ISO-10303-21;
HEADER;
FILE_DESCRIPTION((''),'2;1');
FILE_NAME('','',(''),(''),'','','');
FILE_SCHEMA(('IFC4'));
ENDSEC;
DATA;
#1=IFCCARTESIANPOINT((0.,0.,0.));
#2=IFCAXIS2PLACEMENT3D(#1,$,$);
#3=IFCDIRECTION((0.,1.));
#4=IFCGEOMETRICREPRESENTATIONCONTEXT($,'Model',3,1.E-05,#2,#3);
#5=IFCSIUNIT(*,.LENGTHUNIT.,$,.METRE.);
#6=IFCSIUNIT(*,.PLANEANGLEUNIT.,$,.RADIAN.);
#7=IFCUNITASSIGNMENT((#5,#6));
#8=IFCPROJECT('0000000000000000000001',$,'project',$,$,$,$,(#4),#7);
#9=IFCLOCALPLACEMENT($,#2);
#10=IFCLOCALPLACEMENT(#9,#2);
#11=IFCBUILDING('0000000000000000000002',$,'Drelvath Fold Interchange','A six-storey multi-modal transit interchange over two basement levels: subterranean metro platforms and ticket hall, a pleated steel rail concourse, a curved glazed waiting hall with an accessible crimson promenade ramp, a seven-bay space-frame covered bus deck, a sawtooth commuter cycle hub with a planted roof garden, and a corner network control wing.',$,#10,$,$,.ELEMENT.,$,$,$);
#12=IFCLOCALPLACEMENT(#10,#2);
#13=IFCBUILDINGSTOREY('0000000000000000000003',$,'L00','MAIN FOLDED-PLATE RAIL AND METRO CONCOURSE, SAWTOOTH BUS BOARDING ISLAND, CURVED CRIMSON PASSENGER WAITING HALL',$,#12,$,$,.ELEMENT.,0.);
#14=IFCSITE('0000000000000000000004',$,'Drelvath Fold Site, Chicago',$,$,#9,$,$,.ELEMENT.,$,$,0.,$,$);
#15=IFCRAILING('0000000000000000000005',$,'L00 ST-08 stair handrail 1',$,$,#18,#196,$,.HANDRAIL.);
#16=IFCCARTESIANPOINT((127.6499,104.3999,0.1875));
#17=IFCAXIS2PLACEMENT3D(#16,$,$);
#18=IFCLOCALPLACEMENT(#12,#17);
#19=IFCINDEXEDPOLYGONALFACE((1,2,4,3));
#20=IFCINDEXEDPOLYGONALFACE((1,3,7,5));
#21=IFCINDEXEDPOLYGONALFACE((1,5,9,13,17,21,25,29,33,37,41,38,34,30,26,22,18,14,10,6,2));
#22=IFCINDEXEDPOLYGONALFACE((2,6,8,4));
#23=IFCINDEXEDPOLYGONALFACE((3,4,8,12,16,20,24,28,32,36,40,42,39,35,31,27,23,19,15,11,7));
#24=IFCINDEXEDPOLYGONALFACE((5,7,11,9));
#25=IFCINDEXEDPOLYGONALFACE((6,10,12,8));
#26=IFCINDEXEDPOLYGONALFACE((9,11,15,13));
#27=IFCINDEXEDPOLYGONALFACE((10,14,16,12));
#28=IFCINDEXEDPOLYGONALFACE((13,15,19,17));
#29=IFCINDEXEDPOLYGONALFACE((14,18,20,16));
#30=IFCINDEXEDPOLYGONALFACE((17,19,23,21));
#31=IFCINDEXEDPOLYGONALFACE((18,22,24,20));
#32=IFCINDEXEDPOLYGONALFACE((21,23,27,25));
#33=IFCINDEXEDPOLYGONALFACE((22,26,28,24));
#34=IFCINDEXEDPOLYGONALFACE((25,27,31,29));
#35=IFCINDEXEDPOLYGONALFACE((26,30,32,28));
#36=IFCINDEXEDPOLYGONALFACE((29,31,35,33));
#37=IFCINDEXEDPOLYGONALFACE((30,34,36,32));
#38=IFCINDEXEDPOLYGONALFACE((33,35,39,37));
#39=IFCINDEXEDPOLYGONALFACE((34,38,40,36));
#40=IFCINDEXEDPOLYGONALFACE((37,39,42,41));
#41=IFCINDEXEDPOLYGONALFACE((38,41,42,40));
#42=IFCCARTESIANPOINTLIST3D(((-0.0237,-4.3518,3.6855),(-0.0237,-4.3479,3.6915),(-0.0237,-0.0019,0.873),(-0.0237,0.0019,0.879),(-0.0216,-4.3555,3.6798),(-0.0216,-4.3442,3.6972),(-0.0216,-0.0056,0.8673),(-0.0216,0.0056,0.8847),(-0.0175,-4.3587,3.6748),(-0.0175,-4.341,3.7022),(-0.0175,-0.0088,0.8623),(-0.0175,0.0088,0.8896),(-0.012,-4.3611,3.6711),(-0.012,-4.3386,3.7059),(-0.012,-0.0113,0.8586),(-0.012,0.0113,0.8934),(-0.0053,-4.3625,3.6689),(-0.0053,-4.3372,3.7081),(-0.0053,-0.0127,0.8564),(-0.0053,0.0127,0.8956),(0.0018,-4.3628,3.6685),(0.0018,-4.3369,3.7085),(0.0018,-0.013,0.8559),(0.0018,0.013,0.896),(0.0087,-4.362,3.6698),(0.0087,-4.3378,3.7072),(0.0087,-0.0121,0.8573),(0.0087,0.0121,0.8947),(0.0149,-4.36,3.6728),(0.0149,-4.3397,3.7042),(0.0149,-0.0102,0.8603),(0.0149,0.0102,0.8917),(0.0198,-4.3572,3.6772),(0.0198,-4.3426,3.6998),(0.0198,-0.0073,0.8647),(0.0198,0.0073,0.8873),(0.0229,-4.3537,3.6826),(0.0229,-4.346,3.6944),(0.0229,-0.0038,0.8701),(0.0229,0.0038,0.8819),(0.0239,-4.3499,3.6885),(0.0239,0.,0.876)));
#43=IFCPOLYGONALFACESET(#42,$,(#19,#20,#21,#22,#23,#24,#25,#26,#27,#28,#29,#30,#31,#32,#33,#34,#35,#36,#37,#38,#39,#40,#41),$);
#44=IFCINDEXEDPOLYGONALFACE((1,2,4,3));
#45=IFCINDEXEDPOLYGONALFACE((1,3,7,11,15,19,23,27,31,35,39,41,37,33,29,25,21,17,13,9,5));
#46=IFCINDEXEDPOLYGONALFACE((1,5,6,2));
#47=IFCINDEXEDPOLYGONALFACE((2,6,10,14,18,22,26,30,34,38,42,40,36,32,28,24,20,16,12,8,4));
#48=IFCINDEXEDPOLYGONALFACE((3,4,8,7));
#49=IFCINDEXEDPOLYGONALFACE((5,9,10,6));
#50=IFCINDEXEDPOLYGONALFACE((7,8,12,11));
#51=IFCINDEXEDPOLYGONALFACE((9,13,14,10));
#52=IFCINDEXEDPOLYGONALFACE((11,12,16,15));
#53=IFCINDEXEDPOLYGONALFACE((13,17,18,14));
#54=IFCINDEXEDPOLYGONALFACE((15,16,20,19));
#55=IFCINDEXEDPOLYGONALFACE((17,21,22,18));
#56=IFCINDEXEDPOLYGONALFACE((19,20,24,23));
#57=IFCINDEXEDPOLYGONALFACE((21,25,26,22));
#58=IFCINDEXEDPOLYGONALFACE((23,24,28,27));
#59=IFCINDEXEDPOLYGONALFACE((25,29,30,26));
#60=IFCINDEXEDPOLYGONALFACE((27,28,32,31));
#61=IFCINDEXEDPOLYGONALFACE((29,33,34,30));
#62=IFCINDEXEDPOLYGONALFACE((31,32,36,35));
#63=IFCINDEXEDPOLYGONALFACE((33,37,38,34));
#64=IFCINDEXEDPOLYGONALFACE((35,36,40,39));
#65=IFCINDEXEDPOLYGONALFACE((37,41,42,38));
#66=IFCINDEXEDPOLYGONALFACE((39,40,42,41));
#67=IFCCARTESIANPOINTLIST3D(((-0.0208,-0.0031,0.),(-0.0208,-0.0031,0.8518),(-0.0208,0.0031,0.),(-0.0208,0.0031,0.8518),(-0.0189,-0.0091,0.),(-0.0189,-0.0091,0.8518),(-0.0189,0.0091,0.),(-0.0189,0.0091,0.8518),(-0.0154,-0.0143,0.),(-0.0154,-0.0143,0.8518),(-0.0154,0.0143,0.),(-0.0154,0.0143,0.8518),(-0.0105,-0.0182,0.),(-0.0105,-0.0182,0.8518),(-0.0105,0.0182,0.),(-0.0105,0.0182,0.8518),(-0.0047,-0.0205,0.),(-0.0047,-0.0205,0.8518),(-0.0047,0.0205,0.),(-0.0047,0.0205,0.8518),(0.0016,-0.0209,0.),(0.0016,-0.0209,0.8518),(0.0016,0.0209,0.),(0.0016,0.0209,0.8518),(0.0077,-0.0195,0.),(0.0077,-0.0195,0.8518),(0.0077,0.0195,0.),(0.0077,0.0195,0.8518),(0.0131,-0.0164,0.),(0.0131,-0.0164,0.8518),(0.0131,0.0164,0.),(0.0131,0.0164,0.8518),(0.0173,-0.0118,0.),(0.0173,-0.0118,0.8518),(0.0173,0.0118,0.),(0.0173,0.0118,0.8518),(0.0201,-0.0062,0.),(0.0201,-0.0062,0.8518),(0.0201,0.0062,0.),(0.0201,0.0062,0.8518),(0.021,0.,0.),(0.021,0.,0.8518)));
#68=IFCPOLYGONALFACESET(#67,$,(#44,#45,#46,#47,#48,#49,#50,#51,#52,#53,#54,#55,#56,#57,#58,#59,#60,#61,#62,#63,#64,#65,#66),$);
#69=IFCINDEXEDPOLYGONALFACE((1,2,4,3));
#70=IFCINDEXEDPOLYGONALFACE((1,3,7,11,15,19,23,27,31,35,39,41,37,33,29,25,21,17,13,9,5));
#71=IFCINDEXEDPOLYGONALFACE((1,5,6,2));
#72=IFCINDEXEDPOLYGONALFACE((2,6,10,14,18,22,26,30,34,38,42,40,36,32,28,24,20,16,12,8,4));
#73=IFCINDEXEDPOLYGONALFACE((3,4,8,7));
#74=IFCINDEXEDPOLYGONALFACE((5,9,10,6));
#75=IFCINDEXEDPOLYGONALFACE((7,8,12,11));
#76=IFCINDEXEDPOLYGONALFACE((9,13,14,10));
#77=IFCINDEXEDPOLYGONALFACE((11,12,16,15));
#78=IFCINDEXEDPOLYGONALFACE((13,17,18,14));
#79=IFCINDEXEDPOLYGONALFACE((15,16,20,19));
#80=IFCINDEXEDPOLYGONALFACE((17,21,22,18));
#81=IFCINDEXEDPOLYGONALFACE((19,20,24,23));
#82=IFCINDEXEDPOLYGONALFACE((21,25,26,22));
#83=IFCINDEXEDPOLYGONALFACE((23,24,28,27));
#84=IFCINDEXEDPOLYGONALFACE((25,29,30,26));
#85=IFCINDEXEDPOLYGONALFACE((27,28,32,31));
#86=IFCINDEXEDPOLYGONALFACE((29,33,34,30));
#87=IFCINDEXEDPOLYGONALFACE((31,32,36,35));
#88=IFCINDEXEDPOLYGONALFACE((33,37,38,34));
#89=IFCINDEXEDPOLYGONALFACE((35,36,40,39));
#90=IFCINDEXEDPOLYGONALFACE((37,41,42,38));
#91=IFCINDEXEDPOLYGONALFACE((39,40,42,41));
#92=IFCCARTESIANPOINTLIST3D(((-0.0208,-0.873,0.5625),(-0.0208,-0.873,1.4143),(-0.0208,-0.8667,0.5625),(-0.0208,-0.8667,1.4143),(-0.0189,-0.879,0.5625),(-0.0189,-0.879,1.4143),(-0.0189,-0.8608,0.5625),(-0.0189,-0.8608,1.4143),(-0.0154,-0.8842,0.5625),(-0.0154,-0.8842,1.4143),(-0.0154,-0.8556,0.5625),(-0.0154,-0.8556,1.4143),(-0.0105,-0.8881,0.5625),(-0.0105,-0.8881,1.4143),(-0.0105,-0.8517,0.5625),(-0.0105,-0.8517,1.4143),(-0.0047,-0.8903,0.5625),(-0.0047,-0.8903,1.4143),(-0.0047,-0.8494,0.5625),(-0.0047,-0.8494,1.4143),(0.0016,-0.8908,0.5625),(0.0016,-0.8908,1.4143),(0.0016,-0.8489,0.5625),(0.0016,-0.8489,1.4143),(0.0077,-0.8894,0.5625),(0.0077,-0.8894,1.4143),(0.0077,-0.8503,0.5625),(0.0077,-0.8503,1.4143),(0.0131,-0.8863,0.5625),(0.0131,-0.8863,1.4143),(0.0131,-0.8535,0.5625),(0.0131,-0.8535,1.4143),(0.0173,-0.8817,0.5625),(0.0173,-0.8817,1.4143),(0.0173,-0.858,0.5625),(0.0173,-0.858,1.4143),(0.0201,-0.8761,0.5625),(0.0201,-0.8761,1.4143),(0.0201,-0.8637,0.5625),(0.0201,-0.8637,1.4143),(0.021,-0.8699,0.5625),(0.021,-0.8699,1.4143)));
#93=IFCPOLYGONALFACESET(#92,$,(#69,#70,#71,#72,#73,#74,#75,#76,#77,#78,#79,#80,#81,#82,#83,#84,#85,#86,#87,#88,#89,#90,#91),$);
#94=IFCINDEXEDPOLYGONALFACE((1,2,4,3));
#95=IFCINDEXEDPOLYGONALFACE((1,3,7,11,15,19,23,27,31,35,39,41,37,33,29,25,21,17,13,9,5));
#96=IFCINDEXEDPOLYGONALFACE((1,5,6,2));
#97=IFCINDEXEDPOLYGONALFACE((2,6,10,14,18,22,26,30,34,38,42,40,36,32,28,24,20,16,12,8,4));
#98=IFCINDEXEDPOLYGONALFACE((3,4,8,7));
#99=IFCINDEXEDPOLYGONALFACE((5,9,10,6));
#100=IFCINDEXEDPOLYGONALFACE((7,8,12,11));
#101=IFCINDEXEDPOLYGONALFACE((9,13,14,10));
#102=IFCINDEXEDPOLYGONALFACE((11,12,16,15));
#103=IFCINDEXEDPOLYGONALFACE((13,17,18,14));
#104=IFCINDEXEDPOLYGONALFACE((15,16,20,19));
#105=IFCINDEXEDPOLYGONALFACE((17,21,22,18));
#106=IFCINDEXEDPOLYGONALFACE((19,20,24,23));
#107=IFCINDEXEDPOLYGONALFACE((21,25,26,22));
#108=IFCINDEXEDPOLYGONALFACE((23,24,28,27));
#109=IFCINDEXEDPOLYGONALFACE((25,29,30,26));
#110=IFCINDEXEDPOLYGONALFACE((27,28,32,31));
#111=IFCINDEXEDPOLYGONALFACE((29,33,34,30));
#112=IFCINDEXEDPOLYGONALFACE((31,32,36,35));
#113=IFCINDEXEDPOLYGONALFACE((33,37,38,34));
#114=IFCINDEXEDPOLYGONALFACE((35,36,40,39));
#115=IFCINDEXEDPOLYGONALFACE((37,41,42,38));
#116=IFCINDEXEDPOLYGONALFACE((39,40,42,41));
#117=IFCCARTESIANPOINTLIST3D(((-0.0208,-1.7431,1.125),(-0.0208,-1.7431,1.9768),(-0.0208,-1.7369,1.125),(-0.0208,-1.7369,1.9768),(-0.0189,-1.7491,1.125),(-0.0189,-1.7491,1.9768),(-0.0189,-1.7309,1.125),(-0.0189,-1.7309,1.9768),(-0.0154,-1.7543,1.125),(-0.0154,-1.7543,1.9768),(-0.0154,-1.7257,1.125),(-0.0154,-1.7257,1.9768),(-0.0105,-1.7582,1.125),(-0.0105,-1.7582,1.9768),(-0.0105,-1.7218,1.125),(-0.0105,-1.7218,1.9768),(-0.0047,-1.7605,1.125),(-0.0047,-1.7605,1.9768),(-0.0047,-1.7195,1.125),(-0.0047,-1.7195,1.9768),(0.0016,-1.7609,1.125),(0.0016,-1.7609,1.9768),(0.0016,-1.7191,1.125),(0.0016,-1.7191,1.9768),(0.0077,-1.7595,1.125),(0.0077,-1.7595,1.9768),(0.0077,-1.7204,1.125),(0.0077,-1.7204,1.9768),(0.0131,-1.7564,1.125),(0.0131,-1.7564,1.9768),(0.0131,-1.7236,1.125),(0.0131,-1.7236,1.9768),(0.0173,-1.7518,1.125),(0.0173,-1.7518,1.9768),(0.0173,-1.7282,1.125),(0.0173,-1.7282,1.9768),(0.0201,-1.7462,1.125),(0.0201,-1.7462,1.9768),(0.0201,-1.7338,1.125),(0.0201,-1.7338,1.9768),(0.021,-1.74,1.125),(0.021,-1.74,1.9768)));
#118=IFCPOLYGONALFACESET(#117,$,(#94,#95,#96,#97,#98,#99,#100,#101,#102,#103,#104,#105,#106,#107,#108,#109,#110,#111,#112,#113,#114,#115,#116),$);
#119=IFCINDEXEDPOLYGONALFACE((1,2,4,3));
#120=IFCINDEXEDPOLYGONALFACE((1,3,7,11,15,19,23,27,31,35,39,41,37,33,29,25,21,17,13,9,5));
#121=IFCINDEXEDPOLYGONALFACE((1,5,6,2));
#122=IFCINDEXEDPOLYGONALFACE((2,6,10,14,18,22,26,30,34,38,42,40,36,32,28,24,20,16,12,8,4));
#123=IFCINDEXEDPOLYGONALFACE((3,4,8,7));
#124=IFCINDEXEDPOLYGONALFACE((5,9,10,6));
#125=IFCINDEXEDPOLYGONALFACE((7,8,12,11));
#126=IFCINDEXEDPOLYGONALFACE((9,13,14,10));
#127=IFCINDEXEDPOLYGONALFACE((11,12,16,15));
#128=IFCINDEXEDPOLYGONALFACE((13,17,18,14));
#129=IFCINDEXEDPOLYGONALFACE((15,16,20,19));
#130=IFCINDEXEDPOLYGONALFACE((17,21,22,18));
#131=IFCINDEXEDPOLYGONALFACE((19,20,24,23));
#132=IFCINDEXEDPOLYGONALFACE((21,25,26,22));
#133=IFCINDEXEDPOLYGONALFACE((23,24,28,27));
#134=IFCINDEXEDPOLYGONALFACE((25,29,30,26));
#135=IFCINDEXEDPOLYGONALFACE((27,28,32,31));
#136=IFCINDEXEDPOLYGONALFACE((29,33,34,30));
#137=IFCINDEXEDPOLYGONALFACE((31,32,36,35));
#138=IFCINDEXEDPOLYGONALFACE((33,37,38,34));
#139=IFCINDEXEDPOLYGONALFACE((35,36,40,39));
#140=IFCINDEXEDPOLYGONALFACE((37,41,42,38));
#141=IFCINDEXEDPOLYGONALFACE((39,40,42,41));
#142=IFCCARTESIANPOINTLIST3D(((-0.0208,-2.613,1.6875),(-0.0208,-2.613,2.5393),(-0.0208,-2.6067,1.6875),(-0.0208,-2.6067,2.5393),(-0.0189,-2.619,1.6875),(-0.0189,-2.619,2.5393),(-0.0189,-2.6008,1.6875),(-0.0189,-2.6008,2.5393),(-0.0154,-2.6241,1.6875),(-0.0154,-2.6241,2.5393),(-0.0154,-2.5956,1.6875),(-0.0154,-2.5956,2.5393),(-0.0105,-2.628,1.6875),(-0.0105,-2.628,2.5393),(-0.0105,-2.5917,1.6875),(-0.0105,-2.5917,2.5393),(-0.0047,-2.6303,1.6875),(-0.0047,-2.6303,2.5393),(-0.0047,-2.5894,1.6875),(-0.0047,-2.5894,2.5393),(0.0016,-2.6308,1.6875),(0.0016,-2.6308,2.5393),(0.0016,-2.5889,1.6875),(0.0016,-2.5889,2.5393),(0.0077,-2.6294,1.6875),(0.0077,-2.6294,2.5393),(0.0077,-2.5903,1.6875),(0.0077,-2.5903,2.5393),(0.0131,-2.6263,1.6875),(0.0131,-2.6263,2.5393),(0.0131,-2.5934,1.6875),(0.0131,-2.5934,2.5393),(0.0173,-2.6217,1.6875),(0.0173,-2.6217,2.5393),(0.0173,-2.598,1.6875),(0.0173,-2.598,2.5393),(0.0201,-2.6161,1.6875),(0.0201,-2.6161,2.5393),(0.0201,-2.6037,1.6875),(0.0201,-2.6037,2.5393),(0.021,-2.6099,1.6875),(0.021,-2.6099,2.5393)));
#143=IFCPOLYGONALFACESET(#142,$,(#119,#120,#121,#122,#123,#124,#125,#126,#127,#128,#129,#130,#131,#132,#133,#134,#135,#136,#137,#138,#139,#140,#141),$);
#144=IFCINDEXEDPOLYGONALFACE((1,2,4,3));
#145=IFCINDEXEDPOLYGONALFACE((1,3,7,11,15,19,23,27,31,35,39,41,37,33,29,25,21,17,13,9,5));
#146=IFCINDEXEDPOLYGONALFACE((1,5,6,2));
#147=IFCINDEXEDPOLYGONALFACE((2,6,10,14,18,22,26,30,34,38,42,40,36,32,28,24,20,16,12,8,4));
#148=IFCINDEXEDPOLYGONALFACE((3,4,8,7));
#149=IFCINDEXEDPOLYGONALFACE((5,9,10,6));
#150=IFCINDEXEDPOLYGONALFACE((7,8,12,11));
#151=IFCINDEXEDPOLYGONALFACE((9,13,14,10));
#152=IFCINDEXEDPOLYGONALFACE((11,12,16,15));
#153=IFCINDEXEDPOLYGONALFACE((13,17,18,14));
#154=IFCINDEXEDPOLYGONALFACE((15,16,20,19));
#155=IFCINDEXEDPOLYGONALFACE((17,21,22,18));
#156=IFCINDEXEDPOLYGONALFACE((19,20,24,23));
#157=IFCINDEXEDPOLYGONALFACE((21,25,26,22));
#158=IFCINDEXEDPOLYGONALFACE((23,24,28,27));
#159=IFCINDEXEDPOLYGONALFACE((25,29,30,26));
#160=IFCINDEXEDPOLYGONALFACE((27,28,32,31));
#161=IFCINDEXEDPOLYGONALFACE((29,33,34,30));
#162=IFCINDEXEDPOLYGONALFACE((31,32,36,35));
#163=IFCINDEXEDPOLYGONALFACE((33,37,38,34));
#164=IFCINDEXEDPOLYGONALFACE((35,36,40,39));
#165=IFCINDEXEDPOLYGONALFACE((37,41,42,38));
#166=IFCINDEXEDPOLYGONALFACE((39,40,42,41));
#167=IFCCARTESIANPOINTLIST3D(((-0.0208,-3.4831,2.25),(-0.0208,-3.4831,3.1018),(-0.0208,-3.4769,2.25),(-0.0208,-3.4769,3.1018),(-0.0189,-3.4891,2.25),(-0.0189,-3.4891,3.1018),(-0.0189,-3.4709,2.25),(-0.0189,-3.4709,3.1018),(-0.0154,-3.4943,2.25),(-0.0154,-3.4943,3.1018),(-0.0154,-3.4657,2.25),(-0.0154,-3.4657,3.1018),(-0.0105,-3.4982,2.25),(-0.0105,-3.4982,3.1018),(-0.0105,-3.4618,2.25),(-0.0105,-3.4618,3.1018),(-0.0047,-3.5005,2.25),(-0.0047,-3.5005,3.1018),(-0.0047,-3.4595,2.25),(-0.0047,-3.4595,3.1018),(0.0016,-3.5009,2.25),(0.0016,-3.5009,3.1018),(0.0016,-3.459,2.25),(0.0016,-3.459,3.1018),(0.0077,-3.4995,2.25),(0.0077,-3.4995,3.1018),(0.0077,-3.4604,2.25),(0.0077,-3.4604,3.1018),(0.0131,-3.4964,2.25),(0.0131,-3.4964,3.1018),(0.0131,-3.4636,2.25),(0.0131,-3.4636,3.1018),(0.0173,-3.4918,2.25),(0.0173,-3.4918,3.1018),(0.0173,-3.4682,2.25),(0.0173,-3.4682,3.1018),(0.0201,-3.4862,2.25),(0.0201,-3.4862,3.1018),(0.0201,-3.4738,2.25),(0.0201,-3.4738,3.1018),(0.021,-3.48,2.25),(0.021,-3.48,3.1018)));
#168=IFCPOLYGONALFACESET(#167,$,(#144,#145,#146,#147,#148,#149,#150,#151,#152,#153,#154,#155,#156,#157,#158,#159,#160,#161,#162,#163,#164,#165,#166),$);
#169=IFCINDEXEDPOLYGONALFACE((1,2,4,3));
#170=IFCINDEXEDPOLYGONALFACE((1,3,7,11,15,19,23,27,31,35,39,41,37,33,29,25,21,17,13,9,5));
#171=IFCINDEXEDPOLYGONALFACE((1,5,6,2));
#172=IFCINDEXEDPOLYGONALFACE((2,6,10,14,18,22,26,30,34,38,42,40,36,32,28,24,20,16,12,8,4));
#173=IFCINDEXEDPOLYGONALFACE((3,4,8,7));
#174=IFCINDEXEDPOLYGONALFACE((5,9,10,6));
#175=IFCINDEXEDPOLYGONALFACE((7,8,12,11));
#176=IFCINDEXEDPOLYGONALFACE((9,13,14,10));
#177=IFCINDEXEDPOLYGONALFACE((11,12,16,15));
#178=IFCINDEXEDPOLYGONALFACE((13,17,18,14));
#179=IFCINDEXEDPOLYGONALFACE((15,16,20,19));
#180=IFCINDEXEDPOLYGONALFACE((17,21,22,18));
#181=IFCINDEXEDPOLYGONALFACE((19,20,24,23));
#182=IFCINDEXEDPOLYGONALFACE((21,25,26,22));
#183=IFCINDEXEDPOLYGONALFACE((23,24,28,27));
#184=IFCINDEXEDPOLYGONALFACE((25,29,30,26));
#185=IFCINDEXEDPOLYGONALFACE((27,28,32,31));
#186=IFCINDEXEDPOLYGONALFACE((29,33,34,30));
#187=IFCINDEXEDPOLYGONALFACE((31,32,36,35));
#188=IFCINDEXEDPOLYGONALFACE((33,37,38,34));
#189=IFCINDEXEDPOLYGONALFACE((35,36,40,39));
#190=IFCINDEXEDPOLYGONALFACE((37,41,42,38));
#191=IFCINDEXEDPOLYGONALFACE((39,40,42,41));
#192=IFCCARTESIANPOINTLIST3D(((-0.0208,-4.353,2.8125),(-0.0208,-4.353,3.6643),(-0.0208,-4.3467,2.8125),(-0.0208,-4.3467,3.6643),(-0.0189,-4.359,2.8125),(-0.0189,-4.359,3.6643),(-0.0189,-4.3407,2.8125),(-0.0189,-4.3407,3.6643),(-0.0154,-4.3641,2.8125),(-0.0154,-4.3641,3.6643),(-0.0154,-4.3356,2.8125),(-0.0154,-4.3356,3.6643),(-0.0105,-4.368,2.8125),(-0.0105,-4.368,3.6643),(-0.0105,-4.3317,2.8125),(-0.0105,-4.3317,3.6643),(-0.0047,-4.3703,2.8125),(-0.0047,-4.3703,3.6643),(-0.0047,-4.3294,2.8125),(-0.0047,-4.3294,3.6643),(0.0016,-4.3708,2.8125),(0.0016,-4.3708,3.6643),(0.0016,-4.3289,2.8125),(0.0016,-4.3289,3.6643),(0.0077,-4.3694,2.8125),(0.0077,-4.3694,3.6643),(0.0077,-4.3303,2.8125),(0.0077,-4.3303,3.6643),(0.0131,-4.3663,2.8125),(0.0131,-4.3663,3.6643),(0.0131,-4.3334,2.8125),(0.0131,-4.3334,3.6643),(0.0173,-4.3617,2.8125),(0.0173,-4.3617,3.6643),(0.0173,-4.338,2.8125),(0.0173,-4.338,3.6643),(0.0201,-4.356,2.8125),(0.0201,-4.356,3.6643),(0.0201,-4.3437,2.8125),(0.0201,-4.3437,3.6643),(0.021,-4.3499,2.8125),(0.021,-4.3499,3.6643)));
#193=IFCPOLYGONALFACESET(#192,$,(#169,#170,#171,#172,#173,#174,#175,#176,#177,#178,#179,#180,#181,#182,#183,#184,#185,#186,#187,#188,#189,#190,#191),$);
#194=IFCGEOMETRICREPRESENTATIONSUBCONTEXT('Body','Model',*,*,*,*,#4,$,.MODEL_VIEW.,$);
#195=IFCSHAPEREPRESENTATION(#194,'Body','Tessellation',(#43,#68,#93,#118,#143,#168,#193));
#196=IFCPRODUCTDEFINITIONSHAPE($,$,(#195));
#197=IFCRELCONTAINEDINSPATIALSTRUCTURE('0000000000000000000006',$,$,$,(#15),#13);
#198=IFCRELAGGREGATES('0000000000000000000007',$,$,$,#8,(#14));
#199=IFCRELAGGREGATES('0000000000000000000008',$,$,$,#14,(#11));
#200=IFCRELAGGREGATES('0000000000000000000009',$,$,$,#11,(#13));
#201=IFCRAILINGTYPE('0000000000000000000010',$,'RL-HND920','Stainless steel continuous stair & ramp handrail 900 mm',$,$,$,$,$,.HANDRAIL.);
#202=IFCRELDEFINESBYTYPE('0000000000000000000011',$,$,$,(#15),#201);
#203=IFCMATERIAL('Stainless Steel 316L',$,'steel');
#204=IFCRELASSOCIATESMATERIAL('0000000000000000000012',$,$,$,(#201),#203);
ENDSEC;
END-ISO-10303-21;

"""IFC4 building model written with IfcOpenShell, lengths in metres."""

from ifc_helpers import new_model, si_unit, direction, frame, origin, origin_2d, place, context, subcontext, project, spatial, circle, extrude, material, type_object, element, save


model = new_model("IFC4")

# Units and contexts
model_context = context("Model", 3, precision=1e-05, world=origin(), true_north=direction((0.0, 1.0)))
body_context = subcontext(model_context, "Body", "Model", "MODEL_VIEW")
ifc_project = project(units=[si_unit("LENGTHUNIT", "METRE"), si_unit("PLANEANGLEUNIT", "RADIAN")], contexts=[model_context])

# Site, building, storey
site_placement = place(None, origin())
site = spatial("IfcSite", under=ifc_project, at=site_placement, Name="Drelvath Fold Site, Chicago", CompositionType="ELEMENT", RefElevation=0.0)
building_placement = place(site_placement, origin())
building = spatial("IfcBuilding", under=site, at=building_placement, Name="Drelvath Fold Interchange", Description="A six-storey multi-modal transit interchange over two basement levels: subterranean metro platforms and ticket hall, a pleated steel rail concourse, a curved glazed waiting hall with an accessible crimson promenade ramp, a seven-bay space-frame covered bus deck, a sawtooth commuter cycle hub with a planted roof garden, and a corner network control wing.", CompositionType="ELEMENT")
storey_placement = place(building_placement, origin())
storey = spatial("IfcBuildingStorey", under=building, at=storey_placement, Name="L00", Description="MAIN FOLDED-PLATE RAIL AND METRO CONCOURSE, SAWTOOTH BUS BOARDING ISLAND, CURVED CRIMSON PASSENGER WAITING HALL", CompositionType="ELEMENT", Elevation=0.0)

# Railing
ifc_material_1 = material(Name="Stainless Steel 316L", Category="steel")
railing_type_1 = type_object("IfcRailingType", Name="RL-HND920", Description="Stainless steel continuous stair & ramp handrail 900 mm", PredefinedType="HANDRAIL", material=ifc_material_1)
railing_1_placement = place(storey_placement, frame((127.6499, 104.3999, 0.1875)))
element("IfcRailing", 1, at=railing_1_placement, inside=storey, type_object=railing_type_1, Name="L00 ST-08 stair handrail 1", PredefinedType="HANDRAIL", context=body_context, shape_type="SweptSolid", body=[
    extrude(circle(Radius=0.0239, at=origin_2d()), frame((0.0, 0.0, 0.876), z_axis=(0.0, -0.839756, 0.542964), x_axis=(1.0, 0.0, 0.0)), (0.0, 0.0, 1.0), 5.1799),
    extrude(circle(Radius=0.021, at=origin_2d()), origin(), (0.0, 0.0, 1.0), 0.8518),
    extrude(circle(Radius=0.021, at=origin_2d()), frame((0.0, -0.8699, 0.5625)), (0.0, 0.0, 1.0), 0.8518),
    extrude(circle(Radius=0.021, at=origin_2d()), frame((0.0, -1.74, 1.125)), (0.0, 0.0, 1.0), 0.8518),
    extrude(circle(Radius=0.021, at=origin_2d()), frame((0.0, -2.6099, 1.6875)), (0.0, 0.0, 1.0), 0.8518),
    extrude(circle(Radius=0.021, at=origin_2d()), frame((0.0, -3.48, 2.25)), (0.0, 0.0, 1.0), 0.8518),
    extrude(circle(Radius=0.021, at=origin_2d()), frame((0.0, -4.3499, 2.8125)), (0.0, 0.0, 1.0), 0.8518),
])

save(model, "model.ifc")
